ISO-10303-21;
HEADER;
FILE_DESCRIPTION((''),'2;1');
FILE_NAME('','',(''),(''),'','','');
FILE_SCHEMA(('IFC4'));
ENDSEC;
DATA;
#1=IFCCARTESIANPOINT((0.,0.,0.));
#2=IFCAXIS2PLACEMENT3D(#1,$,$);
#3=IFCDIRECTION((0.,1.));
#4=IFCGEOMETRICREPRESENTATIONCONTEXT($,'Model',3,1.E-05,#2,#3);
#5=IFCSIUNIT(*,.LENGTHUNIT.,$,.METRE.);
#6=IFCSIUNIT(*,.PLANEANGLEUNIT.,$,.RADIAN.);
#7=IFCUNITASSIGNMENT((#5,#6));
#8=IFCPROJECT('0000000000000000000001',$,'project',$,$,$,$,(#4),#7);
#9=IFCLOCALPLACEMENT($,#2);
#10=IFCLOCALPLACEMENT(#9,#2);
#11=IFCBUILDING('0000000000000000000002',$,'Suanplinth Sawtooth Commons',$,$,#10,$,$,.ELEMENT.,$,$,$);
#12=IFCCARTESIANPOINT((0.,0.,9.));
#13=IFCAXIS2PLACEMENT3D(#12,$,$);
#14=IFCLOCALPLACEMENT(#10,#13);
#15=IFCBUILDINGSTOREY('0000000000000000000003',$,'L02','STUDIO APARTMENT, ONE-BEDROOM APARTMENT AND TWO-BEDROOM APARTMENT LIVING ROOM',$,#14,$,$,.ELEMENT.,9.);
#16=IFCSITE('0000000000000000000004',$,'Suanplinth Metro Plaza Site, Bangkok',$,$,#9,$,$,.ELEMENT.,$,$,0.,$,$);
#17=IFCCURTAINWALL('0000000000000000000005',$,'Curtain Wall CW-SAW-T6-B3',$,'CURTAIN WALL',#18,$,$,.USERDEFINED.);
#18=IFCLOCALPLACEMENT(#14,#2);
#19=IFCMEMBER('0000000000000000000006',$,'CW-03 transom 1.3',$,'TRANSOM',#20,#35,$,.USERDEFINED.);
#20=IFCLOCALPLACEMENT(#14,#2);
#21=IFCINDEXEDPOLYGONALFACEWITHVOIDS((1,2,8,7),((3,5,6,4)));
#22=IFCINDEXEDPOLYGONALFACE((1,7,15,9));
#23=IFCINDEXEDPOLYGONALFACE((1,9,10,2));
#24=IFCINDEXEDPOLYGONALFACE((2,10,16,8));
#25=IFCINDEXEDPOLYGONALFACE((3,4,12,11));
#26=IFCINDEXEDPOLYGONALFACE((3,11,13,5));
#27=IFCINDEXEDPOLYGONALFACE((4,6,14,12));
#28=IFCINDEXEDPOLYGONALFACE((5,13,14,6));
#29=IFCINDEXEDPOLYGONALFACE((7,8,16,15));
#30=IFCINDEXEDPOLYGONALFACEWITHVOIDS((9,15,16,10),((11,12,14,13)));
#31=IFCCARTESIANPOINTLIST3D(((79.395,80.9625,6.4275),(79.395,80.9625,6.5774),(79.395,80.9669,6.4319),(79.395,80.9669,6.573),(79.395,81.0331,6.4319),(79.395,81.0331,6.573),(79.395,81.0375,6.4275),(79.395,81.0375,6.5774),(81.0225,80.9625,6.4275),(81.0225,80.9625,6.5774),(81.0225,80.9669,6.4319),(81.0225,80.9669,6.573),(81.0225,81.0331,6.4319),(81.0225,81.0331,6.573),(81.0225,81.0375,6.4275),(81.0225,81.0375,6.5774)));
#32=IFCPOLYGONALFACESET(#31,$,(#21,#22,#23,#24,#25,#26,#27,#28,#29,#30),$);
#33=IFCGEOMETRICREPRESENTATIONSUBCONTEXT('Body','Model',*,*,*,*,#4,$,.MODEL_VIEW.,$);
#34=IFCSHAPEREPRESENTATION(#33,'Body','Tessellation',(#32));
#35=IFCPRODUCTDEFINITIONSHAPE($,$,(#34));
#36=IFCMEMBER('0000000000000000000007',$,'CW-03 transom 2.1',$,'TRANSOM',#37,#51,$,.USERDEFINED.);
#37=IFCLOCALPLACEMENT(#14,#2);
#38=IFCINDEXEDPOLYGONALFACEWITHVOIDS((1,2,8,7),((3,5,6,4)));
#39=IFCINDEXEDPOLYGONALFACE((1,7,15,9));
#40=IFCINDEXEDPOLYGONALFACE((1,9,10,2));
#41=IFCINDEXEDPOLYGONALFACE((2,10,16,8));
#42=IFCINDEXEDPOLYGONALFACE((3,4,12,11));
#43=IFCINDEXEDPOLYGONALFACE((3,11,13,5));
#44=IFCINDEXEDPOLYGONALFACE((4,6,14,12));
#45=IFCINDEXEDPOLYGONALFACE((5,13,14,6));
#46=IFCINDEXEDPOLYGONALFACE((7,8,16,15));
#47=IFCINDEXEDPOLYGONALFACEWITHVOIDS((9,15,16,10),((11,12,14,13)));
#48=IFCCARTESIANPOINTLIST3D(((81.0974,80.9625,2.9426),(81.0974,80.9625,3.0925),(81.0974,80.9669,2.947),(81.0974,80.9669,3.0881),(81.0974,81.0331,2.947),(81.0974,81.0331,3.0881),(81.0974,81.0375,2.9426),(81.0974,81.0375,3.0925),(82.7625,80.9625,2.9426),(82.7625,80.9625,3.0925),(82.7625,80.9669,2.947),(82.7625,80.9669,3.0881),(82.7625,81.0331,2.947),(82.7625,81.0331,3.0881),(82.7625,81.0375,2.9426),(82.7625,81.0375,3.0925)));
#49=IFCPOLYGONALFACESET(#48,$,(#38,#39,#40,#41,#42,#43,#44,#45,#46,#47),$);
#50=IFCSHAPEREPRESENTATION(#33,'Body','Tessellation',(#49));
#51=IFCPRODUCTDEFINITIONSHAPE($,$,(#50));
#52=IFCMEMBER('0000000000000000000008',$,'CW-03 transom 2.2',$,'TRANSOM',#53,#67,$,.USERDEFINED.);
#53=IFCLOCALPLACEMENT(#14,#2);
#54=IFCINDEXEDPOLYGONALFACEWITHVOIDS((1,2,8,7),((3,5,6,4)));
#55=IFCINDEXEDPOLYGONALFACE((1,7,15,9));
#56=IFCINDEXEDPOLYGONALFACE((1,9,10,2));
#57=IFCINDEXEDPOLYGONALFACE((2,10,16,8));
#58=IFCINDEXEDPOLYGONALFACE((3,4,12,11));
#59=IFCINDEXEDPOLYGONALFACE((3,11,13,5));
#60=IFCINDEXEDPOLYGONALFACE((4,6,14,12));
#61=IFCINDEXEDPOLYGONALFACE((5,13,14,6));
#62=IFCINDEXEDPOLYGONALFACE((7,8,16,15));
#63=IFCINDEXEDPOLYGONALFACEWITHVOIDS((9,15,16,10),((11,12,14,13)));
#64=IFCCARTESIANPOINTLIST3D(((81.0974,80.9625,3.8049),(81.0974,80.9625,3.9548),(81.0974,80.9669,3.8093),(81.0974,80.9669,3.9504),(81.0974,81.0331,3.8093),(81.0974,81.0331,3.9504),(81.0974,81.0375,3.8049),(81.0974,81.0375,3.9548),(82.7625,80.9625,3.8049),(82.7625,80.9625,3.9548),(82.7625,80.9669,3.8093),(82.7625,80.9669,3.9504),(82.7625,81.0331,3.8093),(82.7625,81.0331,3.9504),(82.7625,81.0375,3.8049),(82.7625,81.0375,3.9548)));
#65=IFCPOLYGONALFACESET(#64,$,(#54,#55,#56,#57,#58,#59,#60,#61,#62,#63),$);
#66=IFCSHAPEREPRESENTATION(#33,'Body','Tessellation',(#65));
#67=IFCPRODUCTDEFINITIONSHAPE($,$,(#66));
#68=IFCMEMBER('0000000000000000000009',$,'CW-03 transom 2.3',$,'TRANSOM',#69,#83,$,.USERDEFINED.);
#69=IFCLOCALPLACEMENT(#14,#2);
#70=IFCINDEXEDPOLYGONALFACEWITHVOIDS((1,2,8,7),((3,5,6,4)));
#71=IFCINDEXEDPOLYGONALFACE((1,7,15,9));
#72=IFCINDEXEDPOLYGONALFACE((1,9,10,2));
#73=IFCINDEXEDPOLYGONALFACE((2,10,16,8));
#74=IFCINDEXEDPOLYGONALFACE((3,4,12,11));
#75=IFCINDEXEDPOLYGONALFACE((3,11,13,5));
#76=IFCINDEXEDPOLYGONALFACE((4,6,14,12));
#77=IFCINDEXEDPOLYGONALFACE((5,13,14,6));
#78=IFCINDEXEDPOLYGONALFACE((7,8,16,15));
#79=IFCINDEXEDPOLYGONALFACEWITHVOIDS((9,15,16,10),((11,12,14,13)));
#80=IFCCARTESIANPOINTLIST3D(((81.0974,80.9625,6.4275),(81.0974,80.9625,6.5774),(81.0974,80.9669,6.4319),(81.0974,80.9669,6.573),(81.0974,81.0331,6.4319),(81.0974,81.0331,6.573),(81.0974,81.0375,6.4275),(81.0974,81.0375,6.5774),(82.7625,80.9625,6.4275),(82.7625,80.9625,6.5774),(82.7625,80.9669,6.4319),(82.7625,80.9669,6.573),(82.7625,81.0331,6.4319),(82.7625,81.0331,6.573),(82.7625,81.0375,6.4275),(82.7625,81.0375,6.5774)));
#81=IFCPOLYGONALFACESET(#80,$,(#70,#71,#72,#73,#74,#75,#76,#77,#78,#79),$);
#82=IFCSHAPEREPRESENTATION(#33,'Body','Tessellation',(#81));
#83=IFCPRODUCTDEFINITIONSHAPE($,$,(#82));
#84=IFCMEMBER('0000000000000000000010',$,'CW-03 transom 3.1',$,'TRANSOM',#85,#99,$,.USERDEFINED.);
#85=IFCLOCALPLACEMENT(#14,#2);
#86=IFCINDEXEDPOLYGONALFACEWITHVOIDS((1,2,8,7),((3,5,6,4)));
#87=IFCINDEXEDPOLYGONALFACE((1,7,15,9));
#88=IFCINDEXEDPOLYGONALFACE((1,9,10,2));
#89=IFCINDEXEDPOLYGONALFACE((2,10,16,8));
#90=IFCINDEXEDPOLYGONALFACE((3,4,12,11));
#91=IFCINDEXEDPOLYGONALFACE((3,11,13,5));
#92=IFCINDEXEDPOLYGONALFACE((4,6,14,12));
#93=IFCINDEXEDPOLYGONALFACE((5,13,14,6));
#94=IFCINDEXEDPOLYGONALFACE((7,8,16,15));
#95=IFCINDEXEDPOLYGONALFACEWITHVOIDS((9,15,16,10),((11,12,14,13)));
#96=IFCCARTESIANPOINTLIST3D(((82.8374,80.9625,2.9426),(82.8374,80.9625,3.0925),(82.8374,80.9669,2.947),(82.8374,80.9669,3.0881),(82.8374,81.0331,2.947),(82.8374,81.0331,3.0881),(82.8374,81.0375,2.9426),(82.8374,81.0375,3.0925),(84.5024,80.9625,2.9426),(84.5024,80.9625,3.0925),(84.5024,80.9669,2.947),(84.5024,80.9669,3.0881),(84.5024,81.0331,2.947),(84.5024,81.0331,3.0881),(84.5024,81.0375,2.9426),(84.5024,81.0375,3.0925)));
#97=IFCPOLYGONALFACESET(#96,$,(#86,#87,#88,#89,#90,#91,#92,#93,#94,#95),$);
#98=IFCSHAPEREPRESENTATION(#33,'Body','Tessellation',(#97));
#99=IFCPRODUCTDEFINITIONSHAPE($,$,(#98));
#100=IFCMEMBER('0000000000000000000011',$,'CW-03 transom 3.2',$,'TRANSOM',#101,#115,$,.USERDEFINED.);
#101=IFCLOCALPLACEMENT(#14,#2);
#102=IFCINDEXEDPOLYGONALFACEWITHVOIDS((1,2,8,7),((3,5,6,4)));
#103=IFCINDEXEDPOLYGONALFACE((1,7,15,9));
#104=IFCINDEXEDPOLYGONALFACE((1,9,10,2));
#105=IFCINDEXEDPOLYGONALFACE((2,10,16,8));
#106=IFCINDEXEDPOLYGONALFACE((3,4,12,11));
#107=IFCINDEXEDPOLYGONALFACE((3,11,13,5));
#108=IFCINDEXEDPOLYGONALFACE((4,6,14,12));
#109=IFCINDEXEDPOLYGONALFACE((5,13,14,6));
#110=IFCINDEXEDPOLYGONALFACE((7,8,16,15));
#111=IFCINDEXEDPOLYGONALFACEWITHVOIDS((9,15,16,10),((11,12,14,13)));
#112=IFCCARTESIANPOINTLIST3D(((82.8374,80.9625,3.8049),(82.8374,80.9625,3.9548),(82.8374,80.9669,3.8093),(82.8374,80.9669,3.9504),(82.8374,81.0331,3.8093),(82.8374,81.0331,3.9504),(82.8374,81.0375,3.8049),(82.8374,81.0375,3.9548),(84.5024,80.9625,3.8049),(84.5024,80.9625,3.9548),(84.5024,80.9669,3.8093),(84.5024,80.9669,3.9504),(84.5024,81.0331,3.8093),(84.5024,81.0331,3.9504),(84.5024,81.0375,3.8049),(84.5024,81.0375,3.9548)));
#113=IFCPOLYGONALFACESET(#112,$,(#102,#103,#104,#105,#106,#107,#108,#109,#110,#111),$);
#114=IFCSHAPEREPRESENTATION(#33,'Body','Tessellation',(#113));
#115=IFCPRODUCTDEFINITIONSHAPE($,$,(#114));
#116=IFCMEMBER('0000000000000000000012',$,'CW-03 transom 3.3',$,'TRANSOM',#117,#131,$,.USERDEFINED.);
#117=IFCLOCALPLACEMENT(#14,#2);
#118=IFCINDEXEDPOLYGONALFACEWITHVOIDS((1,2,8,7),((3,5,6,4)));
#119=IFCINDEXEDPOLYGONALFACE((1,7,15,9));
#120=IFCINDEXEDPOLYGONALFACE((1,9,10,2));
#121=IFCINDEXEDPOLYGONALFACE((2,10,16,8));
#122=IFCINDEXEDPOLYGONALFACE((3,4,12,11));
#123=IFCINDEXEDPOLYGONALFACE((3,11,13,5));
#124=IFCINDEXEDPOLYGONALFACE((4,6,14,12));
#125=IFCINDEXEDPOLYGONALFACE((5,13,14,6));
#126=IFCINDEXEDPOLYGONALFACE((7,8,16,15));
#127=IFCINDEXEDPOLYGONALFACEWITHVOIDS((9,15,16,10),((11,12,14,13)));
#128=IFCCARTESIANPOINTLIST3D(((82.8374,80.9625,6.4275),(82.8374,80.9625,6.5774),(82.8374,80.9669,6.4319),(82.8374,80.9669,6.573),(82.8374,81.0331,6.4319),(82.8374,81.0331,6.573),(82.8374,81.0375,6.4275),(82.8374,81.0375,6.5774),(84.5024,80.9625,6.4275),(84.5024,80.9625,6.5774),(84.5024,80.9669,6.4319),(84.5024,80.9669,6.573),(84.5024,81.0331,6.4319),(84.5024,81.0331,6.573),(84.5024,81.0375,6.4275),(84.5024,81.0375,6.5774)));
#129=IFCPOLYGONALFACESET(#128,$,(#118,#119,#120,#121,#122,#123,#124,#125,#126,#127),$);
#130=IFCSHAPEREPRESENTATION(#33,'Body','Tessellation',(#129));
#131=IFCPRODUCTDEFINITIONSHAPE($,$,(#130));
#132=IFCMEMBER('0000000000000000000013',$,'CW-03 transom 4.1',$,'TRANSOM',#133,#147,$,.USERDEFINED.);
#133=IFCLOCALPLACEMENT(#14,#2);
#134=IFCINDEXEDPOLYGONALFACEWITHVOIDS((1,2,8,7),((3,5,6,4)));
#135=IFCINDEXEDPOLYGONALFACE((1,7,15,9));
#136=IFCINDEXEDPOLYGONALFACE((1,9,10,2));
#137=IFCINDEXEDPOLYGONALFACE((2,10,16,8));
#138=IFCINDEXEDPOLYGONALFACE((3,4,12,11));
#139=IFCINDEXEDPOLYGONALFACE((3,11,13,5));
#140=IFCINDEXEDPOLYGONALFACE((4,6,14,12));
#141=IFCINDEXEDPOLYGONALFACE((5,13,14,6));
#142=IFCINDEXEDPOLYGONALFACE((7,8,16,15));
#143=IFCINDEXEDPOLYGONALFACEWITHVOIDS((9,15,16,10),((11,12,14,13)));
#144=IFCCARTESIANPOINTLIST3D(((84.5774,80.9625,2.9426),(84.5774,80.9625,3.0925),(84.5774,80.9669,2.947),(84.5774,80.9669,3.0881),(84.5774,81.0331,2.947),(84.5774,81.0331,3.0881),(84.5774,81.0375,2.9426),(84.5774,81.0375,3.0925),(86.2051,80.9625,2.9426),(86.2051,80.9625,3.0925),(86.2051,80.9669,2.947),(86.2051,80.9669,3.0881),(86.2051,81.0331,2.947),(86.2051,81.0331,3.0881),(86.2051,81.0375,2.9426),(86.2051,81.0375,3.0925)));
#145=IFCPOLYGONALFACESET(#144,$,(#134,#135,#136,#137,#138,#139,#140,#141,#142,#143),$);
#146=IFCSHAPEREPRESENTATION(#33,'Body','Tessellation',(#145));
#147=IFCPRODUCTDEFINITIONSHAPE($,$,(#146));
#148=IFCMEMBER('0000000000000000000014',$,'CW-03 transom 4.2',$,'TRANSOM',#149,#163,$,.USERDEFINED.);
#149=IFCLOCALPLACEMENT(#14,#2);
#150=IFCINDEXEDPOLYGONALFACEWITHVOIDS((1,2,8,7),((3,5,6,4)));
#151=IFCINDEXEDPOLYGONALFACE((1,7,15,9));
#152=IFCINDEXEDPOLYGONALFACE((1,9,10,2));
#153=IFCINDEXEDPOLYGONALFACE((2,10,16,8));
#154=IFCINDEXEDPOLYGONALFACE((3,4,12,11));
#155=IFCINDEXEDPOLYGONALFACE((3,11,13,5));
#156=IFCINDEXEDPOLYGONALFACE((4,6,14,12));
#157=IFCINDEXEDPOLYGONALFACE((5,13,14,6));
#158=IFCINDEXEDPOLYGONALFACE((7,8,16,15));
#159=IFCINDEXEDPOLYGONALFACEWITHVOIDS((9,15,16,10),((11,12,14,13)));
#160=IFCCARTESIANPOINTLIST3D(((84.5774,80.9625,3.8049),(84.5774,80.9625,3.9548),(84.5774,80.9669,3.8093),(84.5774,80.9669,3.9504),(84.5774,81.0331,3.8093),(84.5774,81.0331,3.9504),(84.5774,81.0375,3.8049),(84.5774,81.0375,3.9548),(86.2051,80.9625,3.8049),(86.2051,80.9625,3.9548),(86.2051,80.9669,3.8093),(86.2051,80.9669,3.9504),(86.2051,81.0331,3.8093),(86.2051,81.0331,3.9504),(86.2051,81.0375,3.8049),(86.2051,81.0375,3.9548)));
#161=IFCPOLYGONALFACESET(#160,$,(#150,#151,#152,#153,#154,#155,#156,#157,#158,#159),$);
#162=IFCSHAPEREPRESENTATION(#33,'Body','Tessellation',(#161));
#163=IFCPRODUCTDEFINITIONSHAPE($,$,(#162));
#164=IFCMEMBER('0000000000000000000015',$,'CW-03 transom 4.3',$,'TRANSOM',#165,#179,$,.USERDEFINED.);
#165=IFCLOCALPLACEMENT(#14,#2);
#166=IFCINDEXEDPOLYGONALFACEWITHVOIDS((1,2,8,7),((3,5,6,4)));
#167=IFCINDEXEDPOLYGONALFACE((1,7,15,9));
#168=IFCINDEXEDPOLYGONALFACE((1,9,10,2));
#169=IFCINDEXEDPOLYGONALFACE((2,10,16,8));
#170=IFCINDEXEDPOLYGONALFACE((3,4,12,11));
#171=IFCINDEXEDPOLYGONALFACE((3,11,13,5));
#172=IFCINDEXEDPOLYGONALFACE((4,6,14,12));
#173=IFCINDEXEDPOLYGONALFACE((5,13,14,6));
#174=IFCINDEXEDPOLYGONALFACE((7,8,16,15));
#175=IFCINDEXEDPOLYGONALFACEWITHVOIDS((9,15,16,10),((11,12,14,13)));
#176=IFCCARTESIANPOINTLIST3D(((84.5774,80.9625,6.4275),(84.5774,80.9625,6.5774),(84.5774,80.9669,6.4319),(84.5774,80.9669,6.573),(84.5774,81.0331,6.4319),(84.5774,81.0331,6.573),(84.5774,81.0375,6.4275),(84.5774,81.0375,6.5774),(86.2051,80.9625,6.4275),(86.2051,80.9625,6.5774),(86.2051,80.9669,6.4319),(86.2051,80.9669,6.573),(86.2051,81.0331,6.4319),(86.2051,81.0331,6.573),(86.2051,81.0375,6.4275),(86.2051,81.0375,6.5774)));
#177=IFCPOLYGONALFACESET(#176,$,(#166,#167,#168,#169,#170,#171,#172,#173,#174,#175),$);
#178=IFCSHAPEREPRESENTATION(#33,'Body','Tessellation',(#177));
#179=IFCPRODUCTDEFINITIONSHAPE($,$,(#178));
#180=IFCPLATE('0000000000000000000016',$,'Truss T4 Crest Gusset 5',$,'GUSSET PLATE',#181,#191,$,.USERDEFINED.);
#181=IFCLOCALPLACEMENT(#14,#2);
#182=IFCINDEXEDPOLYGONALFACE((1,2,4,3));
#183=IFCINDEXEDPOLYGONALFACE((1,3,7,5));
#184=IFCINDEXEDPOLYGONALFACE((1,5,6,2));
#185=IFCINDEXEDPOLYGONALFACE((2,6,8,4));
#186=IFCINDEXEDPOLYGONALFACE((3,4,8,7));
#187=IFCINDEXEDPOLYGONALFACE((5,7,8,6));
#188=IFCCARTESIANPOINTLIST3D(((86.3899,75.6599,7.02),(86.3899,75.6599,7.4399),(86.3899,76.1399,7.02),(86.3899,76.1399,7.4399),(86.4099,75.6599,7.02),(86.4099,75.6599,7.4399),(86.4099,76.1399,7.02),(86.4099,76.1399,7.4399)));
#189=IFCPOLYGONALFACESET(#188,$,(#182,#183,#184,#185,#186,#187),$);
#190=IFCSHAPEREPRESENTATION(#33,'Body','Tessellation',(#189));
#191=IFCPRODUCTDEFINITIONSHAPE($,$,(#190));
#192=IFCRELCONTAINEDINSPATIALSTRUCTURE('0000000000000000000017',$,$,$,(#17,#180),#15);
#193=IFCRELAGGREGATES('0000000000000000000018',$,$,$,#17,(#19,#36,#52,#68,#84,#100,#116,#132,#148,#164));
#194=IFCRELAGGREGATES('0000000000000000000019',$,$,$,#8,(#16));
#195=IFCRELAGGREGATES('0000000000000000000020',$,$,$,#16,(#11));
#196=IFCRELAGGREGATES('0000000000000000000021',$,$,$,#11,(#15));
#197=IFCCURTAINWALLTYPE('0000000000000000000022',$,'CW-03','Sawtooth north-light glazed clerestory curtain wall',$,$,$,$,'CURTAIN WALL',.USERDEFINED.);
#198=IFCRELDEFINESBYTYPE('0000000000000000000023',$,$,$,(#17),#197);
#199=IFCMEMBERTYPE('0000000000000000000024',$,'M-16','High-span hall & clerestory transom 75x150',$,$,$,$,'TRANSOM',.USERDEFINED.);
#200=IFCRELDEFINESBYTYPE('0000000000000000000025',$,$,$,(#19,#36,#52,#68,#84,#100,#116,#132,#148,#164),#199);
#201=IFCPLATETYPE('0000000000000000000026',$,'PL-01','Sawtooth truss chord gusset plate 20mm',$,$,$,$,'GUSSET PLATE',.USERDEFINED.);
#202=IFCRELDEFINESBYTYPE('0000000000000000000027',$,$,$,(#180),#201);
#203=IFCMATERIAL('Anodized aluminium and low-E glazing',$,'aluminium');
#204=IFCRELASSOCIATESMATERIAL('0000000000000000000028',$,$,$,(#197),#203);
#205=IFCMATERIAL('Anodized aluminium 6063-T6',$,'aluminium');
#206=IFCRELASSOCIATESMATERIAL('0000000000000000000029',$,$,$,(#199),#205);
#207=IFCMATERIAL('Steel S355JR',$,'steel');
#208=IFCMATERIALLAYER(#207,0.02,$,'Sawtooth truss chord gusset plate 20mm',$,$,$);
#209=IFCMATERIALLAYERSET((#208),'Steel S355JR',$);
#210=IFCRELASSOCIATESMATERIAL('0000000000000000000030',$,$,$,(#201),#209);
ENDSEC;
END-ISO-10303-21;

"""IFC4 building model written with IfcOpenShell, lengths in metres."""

from ifc_helpers import new_model, si_unit, direction, frame, origin, origin_2d, place, context, subcontext, project, spatial, rectangle, hollow_rectangle, extrude, material, layer, layer_set, material_profile, profile_set, type_object, element, aggregate, save


model = new_model("IFC4")

# Units and contexts
model_context = context("Model", 3, precision=1e-05, world=origin(), true_north=direction((0.0, 1.0)))
body_context = subcontext(model_context, "Body", "Model", "MODEL_VIEW")
ifc_project = project(units=[si_unit("LENGTHUNIT", "METRE"), si_unit("PLANEANGLEUNIT", "RADIAN")], contexts=[model_context])

# Site, building, storey
site_placement = place(None, origin())
site = spatial("IfcSite", under=ifc_project, at=site_placement, Name="Suanplinth Metro Plaza Site, Bangkok", CompositionType="ELEMENT", RefElevation=0.0)
building_placement = place(site_placement, origin())
building = spatial("IfcBuilding", under=site, at=building_placement, Name="Suanplinth Sawtooth Commons", CompositionType="ELEMENT")
storey_placement = place(building_placement, frame((0.0, 0.0, 9.0)))
storey = spatial("IfcBuildingStorey", under=building, at=storey_placement, Name="L02", Description="STUDIO APARTMENT, ONE-BEDROOM APARTMENT AND TWO-BEDROOM APARTMENT LIVING ROOM", CompositionType="ELEMENT", Elevation=9.0)

# Shared definitions
ifc_material_1 = material(Name="Steel S355JR", Category="steel")

# Shared definitions
ifc_material_2 = material(Name="Anodized aluminium and low-E glazing", Category="aluminium")
curtain_wall_type = type_object("IfcCurtainWallType", Name="CW-03", Description="Sawtooth north-light glazed clerestory curtain wall", ElementType="CURTAIN WALL", PredefinedType="USERDEFINED", material=ifc_material_2)
ifc_material_3 = material(Name="Anodized aluminium 6063-T6", Category="aluminium")

# Curtain wall, members
curtain_wall_1_placement = place(storey_placement, origin())
curtain_wall_1 = element("IfcCurtainWall", 1, at=curtain_wall_1_placement, inside=storey, type_object=curtain_wall_type, Name="Curtain Wall CW-SAW-T6-B3", ObjectType="CURTAIN WALL", PredefinedType="USERDEFINED")
ifc_material_profile_1 = material_profile(ifc_material_3, hollow_rectangle(XDim=0.075, YDim=0.1499, WallThickness=0.0044, at=origin_2d()), Name="ALU-TRN 75x150")
ifc_profile_set_1 = profile_set([ifc_material_profile_1], Name="Anodized aluminium 6063-T6")
member_type_1 = type_object("IfcMemberType", Name="M-16", Description="High-span hall & clerestory transom 75x150", ElementType="TRANSOM", PredefinedType="USERDEFINED", material=ifc_profile_set_1)
member_1_placement = place(storey_placement, frame((79.395, 81.0, 6.5024), z_axis=(1.0, 0.0, 0.0), x_axis=(0.0, 1.0, 0.0)))
member_1 = element("IfcMember", 2, at=member_1_placement, type_object=member_type_1, Name="CW-03 transom 1.3", ObjectType="TRANSOM", PredefinedType="USERDEFINED", context=body_context, shape_type="SweptSolid", body=[
    extrude(hollow_rectangle(XDim=0.075, YDim=0.1499, WallThickness=0.0044, at=origin_2d()), origin(), (0.0, 0.0, 1.0), 1.6274),
])
member_2_placement = place(storey_placement, frame((81.0974, 81.0, 3.0176), z_axis=(1.0, 0.0, 0.0), x_axis=(0.0, 1.0, 0.0)))
member_2 = element("IfcMember", 3, at=member_2_placement, type_object=member_type_1, Name="CW-03 transom 2.1", ObjectType="TRANSOM", PredefinedType="USERDEFINED", context=body_context, shape_type="SweptSolid", body=[
    extrude(hollow_rectangle(XDim=0.075, YDim=0.1499, WallThickness=0.0044, at=origin_2d()), origin(), (0.0, 0.0, 1.0), 1.665),
])
member_3_placement = place(storey_placement, frame((81.0974, 81.0, 3.8799), z_axis=(1.0, 0.0, 0.0), x_axis=(0.0, 1.0, 0.0)))
member_3 = element("IfcMember", 4, at=member_3_placement, type_object=member_type_1, Name="CW-03 transom 2.2", ObjectType="TRANSOM", PredefinedType="USERDEFINED", context=body_context, shape_type="SweptSolid", body=[
    extrude(hollow_rectangle(XDim=0.075, YDim=0.1499, WallThickness=0.0044, at=origin_2d()), origin(), (0.0, 0.0, 1.0), 1.665),
])
member_4_placement = place(storey_placement, frame((81.0974, 81.0, 6.5024), z_axis=(1.0, 0.0, 0.0), x_axis=(0.0, 1.0, 0.0)))
member_4 = element("IfcMember", 5, at=member_4_placement, type_object=member_type_1, Name="CW-03 transom 2.3", ObjectType="TRANSOM", PredefinedType="USERDEFINED", context=body_context, shape_type="SweptSolid", body=[
    extrude(hollow_rectangle(XDim=0.075, YDim=0.1499, WallThickness=0.0044, at=origin_2d()), origin(), (0.0, 0.0, 1.0), 1.665),
])
member_5_placement = place(storey_placement, frame((82.8374, 81.0, 3.0176), z_axis=(1.0, 0.0, 0.0), x_axis=(0.0, 1.0, 0.0)))
member_5 = element("IfcMember", 6, at=member_5_placement, type_object=member_type_1, Name="CW-03 transom 3.1", ObjectType="TRANSOM", PredefinedType="USERDEFINED", context=body_context, shape_type="SweptSolid", body=[
    extrude(hollow_rectangle(XDim=0.075, YDim=0.1499, WallThickness=0.0044, at=origin_2d()), origin(), (0.0, 0.0, 1.0), 1.665),
])
member_6_placement = place(storey_placement, frame((82.8374, 81.0, 3.8799), z_axis=(1.0, 0.0, 0.0), x_axis=(0.0, 1.0, 0.0)))
member_6 = element("IfcMember", 7, at=member_6_placement, type_object=member_type_1, Name="CW-03 transom 3.2", ObjectType="TRANSOM", PredefinedType="USERDEFINED", context=body_context, shape_type="SweptSolid", body=[
    extrude(hollow_rectangle(XDim=0.075, YDim=0.1499, WallThickness=0.0044, at=origin_2d()), origin(), (0.0, 0.0, 1.0), 1.665),
])
member_7_placement = place(storey_placement, frame((82.8374, 81.0, 6.5024), z_axis=(1.0, 0.0, 0.0), x_axis=(0.0, 1.0, 0.0)))
member_7 = element("IfcMember", 8, at=member_7_placement, type_object=member_type_1, Name="CW-03 transom 3.3", ObjectType="TRANSOM", PredefinedType="USERDEFINED", context=body_context, shape_type="SweptSolid", body=[
    extrude(hollow_rectangle(XDim=0.075, YDim=0.1499, WallThickness=0.0044, at=origin_2d()), origin(), (0.0, 0.0, 1.0), 1.665),
])
member_8_placement = place(storey_placement, frame((84.5774, 81.0, 3.0176), z_axis=(1.0, 0.0, 0.0), x_axis=(0.0, 1.0, 0.0)))
member_8 = element("IfcMember", 9, at=member_8_placement, type_object=member_type_1, Name="CW-03 transom 4.1", ObjectType="TRANSOM", PredefinedType="USERDEFINED", context=body_context, shape_type="SweptSolid", body=[
    extrude(hollow_rectangle(XDim=0.075, YDim=0.1499, WallThickness=0.0044, at=origin_2d()), origin(), (0.0, 0.0, 1.0), 1.6277),
])
member_9_placement = place(storey_placement, frame((84.5774, 81.0, 3.8799), z_axis=(1.0, 0.0, 0.0), x_axis=(0.0, 1.0, 0.0)))
member_9 = element("IfcMember", 10, at=member_9_placement, type_object=member_type_1, Name="CW-03 transom 4.2", ObjectType="TRANSOM", PredefinedType="USERDEFINED", context=body_context, shape_type="SweptSolid", body=[
    extrude(hollow_rectangle(XDim=0.075, YDim=0.1499, WallThickness=0.0044, at=origin_2d()), origin(), (0.0, 0.0, 1.0), 1.6277),
])
member_10_placement = place(storey_placement, frame((84.5774, 81.0, 6.5024), z_axis=(1.0, 0.0, 0.0), x_axis=(0.0, 1.0, 0.0)))
member_10 = element("IfcMember", 11, at=member_10_placement, type_object=member_type_1, Name="CW-03 transom 4.3", ObjectType="TRANSOM", PredefinedType="USERDEFINED", context=body_context, shape_type="SweptSolid", body=[
    extrude(hollow_rectangle(XDim=0.075, YDim=0.1499, WallThickness=0.0044, at=origin_2d()), origin(), (0.0, 0.0, 1.0), 1.6277),
])

# Plate
ifc_layer_1 = layer(ifc_material_1, 0.02, Name="Sawtooth truss chord gusset plate 20mm")
ifc_layer_set_1 = layer_set([ifc_layer_1], Name="Steel S355JR")
plate_type_1 = type_object("IfcPlateType", Name="PL-01", Description="Sawtooth truss chord gusset plate 20mm", ElementType="GUSSET PLATE", PredefinedType="USERDEFINED", material=ifc_layer_set_1)
for number, where, z_axis, x_axis, name in (
    (12, (86.3999, 75.8999, 7.02), (0.0, 0.0, 1.0), (1.0, 0.0, 0.0), "Truss T4 Crest Gusset 5"),
):
    element("IfcPlate", number, at=place(storey_placement, frame(where, z_axis=z_axis, x_axis=x_axis)), inside=storey, type_object=plate_type_1, Name=name, ObjectType="GUSSET PLATE", PredefinedType="USERDEFINED", context=body_context, shape_type="SweptSolid", body=[
        extrude(rectangle(XDim=0.02, YDim=0.48, at=origin_2d()), origin(), (0.0, 0.0, 1.0), 0.4199),
    ])

aggregate(curtain_wall_1, [member_1, member_2, member_3, member_4, member_5, member_6, member_7, member_8, member_9, member_10])

save(model, "model.ifc")
